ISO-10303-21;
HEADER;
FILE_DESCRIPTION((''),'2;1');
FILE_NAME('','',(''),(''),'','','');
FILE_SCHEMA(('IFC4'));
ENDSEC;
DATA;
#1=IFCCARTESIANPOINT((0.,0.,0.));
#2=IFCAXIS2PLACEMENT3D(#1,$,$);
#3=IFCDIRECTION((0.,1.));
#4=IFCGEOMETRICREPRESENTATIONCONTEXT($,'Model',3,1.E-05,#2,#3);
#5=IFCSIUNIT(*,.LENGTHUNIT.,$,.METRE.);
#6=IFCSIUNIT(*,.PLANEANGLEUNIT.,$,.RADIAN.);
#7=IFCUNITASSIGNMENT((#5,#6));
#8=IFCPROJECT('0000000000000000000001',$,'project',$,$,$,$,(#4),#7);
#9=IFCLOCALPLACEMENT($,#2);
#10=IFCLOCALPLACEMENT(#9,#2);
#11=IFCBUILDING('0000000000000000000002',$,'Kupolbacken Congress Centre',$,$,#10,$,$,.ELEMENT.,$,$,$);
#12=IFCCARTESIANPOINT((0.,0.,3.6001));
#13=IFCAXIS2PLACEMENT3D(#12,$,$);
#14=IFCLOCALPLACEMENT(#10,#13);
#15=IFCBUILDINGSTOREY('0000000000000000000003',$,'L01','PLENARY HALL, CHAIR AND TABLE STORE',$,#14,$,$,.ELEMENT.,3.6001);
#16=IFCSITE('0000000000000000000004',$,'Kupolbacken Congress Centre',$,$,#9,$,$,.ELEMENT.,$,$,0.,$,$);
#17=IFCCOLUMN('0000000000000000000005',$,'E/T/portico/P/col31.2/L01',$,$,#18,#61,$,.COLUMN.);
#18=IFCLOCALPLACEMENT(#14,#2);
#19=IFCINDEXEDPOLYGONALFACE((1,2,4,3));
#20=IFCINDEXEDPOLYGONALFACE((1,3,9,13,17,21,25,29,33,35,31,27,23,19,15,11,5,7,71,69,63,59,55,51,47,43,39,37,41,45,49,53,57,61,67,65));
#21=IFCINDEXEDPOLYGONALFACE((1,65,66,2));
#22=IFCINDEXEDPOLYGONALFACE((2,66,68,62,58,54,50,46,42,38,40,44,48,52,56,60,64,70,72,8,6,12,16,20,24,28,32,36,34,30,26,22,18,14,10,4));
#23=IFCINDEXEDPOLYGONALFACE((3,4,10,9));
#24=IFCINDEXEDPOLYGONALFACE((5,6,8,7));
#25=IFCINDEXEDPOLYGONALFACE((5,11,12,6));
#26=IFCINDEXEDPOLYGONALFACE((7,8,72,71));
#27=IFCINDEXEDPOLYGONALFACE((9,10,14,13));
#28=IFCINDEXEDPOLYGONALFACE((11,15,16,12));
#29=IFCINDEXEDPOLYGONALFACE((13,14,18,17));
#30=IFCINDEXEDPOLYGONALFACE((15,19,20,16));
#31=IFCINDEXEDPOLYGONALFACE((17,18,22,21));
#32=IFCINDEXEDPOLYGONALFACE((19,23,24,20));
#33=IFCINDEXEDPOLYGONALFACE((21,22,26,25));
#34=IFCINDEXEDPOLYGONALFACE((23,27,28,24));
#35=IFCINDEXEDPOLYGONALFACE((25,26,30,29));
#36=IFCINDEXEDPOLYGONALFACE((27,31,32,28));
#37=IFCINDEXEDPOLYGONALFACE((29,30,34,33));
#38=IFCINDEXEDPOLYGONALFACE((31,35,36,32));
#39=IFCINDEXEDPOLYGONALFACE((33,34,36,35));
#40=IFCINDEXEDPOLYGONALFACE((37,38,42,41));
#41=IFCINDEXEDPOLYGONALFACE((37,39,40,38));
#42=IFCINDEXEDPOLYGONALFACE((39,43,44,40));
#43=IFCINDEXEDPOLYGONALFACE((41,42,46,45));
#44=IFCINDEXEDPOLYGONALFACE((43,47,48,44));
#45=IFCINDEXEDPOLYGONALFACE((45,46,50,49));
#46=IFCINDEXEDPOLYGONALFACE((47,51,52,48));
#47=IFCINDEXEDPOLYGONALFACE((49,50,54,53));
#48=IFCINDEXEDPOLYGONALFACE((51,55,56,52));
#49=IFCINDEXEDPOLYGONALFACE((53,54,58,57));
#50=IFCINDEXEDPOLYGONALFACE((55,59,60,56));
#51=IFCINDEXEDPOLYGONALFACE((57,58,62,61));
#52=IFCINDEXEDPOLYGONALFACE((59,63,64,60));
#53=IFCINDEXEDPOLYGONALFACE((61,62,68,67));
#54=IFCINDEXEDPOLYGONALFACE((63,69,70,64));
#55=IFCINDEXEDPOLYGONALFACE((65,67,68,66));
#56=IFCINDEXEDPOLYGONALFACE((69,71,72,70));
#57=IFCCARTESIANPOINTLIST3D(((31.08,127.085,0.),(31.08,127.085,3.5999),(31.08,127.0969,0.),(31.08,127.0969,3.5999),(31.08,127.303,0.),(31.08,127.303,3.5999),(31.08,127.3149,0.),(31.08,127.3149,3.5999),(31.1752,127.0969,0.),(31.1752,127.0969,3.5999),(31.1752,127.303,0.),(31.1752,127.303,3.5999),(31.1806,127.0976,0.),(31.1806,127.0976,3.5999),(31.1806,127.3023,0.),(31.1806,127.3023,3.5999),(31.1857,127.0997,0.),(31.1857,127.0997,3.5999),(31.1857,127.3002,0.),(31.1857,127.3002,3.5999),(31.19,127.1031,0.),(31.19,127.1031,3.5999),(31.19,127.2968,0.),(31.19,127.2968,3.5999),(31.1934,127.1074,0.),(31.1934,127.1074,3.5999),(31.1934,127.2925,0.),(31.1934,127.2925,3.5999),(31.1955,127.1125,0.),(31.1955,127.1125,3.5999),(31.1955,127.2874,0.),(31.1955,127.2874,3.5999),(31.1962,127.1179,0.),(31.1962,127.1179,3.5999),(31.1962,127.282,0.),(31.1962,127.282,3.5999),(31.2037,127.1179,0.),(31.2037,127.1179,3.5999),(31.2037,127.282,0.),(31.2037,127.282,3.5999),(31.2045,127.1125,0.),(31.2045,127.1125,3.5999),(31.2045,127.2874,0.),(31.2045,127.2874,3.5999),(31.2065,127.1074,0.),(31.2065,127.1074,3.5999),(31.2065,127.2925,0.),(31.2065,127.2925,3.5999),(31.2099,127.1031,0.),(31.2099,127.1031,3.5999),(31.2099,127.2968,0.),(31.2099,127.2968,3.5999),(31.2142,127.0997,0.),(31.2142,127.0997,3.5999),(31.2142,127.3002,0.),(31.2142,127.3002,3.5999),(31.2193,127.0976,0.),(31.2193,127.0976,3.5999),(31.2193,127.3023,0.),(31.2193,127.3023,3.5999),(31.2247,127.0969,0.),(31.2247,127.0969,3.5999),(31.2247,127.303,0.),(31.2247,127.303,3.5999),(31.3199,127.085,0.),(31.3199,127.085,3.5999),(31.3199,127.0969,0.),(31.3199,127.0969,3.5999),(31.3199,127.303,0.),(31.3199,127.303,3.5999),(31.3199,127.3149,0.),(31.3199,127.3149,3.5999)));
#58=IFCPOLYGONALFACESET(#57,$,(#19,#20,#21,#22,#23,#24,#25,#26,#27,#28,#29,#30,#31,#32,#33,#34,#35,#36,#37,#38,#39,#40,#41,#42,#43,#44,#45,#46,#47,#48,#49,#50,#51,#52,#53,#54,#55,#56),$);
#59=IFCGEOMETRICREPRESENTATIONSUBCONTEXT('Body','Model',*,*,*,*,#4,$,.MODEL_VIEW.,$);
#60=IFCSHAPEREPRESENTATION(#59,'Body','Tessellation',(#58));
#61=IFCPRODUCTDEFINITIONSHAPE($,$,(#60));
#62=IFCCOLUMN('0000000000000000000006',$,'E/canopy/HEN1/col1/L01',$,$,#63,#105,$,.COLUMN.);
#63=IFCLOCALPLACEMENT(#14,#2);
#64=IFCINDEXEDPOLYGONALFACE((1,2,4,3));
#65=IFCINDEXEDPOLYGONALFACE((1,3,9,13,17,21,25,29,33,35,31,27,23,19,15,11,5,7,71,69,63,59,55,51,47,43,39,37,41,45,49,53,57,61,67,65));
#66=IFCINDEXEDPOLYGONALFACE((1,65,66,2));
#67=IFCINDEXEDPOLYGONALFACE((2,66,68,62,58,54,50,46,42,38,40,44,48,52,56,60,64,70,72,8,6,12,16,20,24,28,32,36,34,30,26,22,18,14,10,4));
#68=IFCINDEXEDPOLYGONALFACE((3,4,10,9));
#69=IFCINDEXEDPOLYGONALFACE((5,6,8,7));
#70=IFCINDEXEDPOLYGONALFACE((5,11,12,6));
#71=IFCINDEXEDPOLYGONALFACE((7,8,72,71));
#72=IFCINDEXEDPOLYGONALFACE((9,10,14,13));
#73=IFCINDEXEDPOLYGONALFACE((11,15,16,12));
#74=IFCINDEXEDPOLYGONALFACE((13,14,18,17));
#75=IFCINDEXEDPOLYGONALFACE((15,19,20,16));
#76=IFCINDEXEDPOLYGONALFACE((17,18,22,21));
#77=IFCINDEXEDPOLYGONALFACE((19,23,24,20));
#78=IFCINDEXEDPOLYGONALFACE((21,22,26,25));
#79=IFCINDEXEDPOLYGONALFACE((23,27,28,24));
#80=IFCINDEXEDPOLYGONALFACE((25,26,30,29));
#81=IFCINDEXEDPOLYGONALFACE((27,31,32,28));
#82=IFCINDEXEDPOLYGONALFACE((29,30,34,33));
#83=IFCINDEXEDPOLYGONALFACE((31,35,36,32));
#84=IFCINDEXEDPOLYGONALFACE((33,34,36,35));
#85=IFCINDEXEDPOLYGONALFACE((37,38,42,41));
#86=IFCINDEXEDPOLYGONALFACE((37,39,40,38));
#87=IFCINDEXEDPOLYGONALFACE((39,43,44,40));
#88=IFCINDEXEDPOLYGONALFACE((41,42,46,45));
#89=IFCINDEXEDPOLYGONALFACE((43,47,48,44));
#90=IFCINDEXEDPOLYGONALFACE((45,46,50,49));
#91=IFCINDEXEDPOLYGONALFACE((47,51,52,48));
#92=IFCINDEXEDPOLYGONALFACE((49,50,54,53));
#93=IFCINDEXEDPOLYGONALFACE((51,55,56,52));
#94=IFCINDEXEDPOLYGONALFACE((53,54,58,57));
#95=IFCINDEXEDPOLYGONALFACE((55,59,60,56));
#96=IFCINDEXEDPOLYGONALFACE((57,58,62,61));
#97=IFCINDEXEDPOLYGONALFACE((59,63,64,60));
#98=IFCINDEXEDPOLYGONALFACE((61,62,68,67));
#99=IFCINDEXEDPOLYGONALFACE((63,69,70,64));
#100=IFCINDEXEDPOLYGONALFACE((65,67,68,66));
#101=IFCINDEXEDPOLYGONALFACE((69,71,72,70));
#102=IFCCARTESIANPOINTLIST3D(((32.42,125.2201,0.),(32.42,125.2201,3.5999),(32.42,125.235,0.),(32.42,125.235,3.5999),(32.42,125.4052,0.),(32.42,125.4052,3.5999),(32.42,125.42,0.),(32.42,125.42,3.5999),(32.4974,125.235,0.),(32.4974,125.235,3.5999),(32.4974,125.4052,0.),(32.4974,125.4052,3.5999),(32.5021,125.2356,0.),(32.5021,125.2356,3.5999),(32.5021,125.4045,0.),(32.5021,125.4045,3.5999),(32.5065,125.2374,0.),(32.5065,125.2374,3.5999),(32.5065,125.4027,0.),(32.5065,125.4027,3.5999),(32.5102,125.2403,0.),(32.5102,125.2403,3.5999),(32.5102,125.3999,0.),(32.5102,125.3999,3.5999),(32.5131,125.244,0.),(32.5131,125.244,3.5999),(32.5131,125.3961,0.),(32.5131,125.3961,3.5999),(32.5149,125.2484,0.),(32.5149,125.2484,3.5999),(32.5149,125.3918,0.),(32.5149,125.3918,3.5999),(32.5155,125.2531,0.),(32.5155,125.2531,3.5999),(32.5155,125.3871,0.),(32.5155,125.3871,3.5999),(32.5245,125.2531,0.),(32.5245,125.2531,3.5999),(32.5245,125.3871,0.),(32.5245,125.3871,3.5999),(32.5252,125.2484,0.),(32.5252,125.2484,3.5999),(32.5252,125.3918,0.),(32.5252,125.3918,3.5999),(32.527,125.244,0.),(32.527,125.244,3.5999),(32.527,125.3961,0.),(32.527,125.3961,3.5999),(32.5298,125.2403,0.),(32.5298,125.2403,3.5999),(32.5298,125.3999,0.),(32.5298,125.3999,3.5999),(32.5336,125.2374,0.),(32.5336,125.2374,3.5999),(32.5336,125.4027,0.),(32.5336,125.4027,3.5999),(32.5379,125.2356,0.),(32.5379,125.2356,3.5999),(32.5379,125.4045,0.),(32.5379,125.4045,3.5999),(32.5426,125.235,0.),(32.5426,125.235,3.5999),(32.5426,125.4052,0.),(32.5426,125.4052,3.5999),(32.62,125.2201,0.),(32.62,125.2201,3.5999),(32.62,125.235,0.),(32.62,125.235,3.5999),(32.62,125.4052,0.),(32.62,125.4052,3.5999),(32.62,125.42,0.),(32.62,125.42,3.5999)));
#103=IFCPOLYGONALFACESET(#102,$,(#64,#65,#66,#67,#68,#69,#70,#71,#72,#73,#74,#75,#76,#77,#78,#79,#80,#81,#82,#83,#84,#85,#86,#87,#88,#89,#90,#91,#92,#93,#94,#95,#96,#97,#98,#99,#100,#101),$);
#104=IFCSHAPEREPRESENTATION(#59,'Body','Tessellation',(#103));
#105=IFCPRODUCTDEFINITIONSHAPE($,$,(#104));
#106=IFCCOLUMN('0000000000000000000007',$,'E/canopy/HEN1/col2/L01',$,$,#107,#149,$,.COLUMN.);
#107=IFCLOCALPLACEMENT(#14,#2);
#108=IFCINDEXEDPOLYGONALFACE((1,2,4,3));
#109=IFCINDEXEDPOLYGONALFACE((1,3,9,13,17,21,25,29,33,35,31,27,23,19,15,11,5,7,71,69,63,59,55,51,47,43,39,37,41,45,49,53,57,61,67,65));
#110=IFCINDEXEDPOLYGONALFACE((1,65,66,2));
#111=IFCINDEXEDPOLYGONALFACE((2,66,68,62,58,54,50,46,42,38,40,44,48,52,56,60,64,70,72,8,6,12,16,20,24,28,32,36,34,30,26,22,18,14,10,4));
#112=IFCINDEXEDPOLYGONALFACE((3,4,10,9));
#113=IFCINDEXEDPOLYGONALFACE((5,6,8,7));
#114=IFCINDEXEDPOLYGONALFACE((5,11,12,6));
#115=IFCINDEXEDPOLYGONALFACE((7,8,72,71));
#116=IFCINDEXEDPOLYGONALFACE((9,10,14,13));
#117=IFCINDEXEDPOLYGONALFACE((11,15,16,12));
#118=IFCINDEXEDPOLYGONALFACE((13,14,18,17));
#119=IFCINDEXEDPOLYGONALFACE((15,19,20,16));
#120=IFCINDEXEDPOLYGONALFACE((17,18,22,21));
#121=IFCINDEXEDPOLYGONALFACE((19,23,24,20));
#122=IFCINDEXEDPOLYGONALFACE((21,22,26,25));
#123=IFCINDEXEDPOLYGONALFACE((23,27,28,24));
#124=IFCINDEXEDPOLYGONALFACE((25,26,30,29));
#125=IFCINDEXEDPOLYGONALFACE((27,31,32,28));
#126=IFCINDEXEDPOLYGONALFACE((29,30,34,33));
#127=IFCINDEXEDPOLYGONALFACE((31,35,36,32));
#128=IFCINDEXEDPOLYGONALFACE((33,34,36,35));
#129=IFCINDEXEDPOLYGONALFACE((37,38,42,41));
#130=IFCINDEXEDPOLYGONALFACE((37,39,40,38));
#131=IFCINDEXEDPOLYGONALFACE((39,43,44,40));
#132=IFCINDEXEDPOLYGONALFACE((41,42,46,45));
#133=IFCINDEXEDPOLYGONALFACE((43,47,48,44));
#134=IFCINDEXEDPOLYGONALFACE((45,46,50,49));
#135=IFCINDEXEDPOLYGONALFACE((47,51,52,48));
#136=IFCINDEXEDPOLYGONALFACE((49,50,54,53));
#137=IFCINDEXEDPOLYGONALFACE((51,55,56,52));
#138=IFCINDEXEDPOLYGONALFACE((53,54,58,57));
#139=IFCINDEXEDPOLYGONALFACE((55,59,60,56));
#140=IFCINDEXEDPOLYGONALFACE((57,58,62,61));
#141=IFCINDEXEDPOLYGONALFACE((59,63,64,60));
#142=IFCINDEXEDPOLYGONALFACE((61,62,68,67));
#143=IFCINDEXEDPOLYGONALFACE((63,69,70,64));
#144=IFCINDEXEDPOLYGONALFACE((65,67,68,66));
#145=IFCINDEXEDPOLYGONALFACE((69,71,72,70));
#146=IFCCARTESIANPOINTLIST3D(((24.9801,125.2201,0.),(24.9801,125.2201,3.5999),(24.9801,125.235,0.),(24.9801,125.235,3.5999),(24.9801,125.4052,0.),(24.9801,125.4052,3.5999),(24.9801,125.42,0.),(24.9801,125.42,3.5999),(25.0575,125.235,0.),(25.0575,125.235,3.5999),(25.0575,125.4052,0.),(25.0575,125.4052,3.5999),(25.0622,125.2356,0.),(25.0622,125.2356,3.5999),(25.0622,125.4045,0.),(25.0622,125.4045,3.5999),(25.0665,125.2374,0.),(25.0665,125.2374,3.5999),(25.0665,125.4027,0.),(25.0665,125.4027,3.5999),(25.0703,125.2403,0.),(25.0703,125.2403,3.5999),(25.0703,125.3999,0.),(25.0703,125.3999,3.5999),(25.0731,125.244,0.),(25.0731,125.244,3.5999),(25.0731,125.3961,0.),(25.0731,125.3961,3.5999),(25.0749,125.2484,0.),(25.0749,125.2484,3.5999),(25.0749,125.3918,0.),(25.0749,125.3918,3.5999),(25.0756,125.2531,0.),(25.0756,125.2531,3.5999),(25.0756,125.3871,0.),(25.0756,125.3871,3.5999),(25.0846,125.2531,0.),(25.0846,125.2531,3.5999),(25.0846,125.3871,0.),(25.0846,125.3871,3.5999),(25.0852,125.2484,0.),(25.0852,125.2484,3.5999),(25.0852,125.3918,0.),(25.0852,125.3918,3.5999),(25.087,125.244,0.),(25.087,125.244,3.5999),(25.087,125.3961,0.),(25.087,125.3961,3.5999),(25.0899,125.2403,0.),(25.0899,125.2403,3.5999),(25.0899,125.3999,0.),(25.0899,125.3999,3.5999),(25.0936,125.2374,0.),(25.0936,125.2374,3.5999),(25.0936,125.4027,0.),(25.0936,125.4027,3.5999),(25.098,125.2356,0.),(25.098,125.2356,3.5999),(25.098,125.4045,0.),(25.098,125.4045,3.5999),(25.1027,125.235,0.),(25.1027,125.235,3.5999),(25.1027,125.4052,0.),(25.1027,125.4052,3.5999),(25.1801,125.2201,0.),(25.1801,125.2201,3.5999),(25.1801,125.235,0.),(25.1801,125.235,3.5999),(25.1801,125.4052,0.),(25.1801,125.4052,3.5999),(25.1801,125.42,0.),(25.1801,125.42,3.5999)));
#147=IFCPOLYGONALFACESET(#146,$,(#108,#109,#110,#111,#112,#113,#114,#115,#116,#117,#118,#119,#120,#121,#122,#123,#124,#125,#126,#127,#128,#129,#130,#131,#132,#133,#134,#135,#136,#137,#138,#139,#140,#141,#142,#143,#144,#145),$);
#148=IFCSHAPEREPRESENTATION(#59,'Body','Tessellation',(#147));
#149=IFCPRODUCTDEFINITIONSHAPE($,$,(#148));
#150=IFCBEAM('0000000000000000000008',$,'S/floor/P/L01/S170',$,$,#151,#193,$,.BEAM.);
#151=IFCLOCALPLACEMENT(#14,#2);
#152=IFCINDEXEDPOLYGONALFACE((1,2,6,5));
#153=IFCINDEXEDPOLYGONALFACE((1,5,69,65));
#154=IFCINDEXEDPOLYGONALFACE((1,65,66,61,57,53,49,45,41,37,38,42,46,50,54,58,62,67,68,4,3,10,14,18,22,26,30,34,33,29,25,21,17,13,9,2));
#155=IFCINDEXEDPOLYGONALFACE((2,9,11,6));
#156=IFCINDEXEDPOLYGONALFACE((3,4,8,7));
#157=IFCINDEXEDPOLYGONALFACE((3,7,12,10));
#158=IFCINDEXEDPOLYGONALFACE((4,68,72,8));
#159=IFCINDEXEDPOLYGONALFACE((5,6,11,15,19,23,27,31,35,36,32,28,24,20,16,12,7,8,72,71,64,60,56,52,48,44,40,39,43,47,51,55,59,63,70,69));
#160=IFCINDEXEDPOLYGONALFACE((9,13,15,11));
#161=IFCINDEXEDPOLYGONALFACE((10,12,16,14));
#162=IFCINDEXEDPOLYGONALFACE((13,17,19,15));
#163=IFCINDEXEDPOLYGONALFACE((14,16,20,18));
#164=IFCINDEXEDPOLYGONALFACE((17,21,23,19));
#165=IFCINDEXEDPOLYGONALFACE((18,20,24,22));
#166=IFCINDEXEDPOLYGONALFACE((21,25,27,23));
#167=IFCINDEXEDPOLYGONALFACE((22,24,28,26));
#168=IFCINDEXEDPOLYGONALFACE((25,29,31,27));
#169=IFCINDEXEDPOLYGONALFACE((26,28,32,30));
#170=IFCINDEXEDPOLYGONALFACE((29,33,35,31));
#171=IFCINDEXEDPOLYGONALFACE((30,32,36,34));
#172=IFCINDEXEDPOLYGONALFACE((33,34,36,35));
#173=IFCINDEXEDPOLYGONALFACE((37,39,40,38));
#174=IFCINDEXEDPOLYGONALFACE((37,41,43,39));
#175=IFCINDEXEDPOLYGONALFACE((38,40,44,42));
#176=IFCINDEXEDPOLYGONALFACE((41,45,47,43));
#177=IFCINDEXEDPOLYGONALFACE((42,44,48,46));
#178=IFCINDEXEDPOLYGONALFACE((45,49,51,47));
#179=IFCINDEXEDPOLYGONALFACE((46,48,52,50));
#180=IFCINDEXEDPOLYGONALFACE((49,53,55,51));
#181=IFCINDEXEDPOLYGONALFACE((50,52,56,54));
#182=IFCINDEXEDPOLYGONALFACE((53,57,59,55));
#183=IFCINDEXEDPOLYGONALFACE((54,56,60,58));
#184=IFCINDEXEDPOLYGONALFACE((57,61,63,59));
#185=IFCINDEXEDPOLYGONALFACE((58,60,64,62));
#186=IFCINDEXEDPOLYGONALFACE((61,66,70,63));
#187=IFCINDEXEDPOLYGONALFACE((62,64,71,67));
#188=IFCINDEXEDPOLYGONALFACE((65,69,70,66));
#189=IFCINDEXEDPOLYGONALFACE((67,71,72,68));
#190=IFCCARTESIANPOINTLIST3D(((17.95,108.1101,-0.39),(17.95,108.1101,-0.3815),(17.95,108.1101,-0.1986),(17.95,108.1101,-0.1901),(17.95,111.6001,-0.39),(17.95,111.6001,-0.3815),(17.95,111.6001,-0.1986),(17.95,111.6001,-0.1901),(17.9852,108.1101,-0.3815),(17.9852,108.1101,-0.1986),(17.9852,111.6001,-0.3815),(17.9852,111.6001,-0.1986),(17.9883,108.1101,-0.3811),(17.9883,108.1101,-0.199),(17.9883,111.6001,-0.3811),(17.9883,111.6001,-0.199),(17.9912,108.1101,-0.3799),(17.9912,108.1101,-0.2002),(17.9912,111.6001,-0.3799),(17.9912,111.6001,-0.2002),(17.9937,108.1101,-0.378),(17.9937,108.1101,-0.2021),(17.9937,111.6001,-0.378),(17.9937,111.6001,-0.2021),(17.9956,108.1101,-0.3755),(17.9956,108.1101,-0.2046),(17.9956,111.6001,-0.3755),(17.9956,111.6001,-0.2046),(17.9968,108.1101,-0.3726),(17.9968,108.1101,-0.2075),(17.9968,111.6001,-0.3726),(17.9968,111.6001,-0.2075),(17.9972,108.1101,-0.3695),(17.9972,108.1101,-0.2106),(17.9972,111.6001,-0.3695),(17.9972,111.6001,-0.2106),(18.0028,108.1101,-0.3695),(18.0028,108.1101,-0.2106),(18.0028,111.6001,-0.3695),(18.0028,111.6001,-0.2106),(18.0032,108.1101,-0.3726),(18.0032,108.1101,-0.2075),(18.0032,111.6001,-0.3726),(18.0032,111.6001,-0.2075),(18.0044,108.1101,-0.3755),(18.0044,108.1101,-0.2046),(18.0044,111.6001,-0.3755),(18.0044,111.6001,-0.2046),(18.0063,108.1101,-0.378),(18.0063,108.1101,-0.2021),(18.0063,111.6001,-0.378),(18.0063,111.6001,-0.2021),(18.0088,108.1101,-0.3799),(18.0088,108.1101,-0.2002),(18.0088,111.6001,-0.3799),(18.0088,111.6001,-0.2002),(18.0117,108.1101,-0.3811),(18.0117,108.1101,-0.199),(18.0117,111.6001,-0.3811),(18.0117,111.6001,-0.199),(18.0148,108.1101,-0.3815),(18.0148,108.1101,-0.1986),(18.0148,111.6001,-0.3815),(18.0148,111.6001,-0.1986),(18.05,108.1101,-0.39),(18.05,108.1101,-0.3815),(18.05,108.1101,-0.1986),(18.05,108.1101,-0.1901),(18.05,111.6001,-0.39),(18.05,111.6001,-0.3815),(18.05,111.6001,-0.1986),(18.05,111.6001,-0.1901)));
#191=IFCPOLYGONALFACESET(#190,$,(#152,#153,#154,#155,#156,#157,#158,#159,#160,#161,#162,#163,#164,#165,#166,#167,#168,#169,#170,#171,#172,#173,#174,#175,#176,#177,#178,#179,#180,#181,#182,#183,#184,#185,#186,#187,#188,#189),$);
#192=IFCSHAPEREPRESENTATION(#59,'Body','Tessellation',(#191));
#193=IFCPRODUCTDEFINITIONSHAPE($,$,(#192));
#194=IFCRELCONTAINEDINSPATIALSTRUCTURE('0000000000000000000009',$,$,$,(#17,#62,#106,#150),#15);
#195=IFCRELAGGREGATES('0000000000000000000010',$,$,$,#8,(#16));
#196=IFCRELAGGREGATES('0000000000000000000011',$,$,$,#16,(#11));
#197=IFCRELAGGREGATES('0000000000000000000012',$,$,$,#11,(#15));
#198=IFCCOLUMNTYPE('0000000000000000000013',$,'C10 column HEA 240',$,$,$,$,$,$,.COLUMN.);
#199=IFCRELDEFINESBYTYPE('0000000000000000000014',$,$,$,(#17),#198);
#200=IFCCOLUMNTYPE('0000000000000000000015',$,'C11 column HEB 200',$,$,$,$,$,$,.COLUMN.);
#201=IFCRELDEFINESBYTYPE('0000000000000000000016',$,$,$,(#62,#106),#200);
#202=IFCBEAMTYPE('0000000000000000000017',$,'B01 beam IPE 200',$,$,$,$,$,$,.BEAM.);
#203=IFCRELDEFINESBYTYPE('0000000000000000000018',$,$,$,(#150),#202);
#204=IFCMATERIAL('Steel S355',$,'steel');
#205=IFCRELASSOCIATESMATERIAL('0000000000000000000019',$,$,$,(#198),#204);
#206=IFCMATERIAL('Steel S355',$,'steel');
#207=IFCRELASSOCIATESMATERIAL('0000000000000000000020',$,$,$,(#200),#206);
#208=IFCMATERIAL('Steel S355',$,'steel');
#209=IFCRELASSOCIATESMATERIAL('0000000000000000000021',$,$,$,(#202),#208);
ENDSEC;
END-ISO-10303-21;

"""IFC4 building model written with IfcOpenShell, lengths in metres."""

from ifc_helpers import new_model, si_unit, direction, frame, origin, origin_2d, place, context, subcontext, project, spatial, i_section, extrude, material, material_profile, profile_set, type_object, element, save


model = new_model("IFC4")

# Units and contexts
model_context = context("Model", 3, precision=1e-05, world=origin(), true_north=direction((0.0, 1.0)))
body_context = subcontext(model_context, "Body", "Model", "MODEL_VIEW")
ifc_project = project(units=[si_unit("LENGTHUNIT", "METRE"), si_unit("PLANEANGLEUNIT", "RADIAN")], contexts=[model_context])

# Site, building, storey
site_placement = place(None, origin())
site = spatial("IfcSite", under=ifc_project, at=site_placement, Name="Kupolbacken Congress Centre", CompositionType="ELEMENT", RefElevation=0.0)
building_placement = place(site_placement, origin())
building = spatial("IfcBuilding", under=site, at=building_placement, Name="Kupolbacken Congress Centre", CompositionType="ELEMENT")
storey_placement = place(building_placement, frame((0.0, 0.0, 3.6001)))
storey = spatial("IfcBuildingStorey", under=building, at=storey_placement, Name="L01", Description="PLENARY HALL, CHAIR AND TABLE STORE", CompositionType="ELEMENT", Elevation=3.6001)

# Columns
ifc_material_1 = material(Name="Steel S355", Category="steel")
ifc_material_profile_1 = material_profile(ifc_material_1, i_section(OverallWidth=0.24, OverallDepth=0.23, WebThickness=0.0076, FlangeThickness=0.012, FilletRadius=0.021, at=origin_2d()), Name="HEA 240")
ifc_profile_set_1 = profile_set([ifc_material_profile_1], Name="Steel S355")
column_type_1 = type_object("IfcColumnType", Name="C10 column HEA 240", PredefinedType="COLUMN", material=ifc_profile_set_1)
for number, where, z_axis, x_axis, name in (
    (1, (31.2, 127.2, 0.0), (0.0, 0.0, 1.0), (1.0, 0.0, 0.0), "E/T/portico/P/col31.2/L01"),
):
    element("IfcColumn", number, at=place(storey_placement, frame(where, z_axis=z_axis, x_axis=x_axis)), inside=storey, type_object=column_type_1, Name=name, PredefinedType="COLUMN", context=body_context, shape_type="SweptSolid", body=[
        extrude(i_section(OverallWidth=0.24, OverallDepth=0.23, WebThickness=0.0076, FlangeThickness=0.012, FilletRadius=0.021, at=origin_2d()), origin(), (0.0, 0.0, 1.0), 3.5999),
    ])
ifc_material_2 = material(Name="Steel S355", Category="steel")
ifc_material_profile_2 = material_profile(ifc_material_2, i_section(OverallWidth=0.2, OverallDepth=0.2, WebThickness=0.009, FlangeThickness=0.0149, FilletRadius=0.0181, at=origin_2d()), Name="HEB 200")
ifc_profile_set_2 = profile_set([ifc_material_profile_2], Name="Steel S355")
column_type_2 = type_object("IfcColumnType", Name="C11 column HEB 200", PredefinedType="COLUMN", material=ifc_profile_set_2)
for number, where, z_axis, x_axis, name in (
    (2, (32.52, 125.3201, 0.0), (0.0, 0.0, 1.0), (1.0, 0.0, 0.0), "E/canopy/HEN1/col1/L01"),
    (3, (25.0801, 125.3201, 0.0), (0.0, 0.0, 1.0), (1.0, 0.0, 0.0), "E/canopy/HEN1/col2/L01"),
):
    element("IfcColumn", number, at=place(storey_placement, frame(where, z_axis=z_axis, x_axis=x_axis)), inside=storey, type_object=column_type_2, Name=name, PredefinedType="COLUMN", context=body_context, shape_type="SweptSolid", body=[
        extrude(i_section(OverallWidth=0.2, OverallDepth=0.2, WebThickness=0.009, FlangeThickness=0.0149, FilletRadius=0.0181, at=origin_2d()), origin(), (0.0, 0.0, 1.0), 3.5999),
    ])

# Beam
ifc_material_3 = material(Name="Steel S355", Category="steel")
ifc_material_profile_3 = material_profile(ifc_material_3, i_section(OverallWidth=0.1001, OverallDepth=0.2, WebThickness=0.0056, FlangeThickness=0.0085, FilletRadius=0.012, at=origin_2d()), Name="IPE 200")
ifc_profile_set_3 = profile_set([ifc_material_profile_3], Name="Steel S355")
beam_type_1 = type_object("IfcBeamType", Name="B01 beam IPE 200", PredefinedType="BEAM", material=ifc_profile_set_3)
beam_1_placement = place(storey_placement, frame((18.0, 108.1101, -0.29), z_axis=(0.0, 1.0, 0.0), x_axis=(-1.0, 0.0, 0.0)))
element("IfcBeam", 4, at=beam_1_placement, inside=storey, type_object=beam_type_1, Name="S/floor/P/L01/S170", PredefinedType="BEAM", context=body_context, shape_type="SweptSolid", body=[
    extrude(i_section(OverallWidth=0.1001, OverallDepth=0.2, WebThickness=0.0056, FlangeThickness=0.0085, FilletRadius=0.012, at=origin_2d()), origin(), (0.0, 0.0, 1.0), 3.49),
])

save(model, "model.ifc")
